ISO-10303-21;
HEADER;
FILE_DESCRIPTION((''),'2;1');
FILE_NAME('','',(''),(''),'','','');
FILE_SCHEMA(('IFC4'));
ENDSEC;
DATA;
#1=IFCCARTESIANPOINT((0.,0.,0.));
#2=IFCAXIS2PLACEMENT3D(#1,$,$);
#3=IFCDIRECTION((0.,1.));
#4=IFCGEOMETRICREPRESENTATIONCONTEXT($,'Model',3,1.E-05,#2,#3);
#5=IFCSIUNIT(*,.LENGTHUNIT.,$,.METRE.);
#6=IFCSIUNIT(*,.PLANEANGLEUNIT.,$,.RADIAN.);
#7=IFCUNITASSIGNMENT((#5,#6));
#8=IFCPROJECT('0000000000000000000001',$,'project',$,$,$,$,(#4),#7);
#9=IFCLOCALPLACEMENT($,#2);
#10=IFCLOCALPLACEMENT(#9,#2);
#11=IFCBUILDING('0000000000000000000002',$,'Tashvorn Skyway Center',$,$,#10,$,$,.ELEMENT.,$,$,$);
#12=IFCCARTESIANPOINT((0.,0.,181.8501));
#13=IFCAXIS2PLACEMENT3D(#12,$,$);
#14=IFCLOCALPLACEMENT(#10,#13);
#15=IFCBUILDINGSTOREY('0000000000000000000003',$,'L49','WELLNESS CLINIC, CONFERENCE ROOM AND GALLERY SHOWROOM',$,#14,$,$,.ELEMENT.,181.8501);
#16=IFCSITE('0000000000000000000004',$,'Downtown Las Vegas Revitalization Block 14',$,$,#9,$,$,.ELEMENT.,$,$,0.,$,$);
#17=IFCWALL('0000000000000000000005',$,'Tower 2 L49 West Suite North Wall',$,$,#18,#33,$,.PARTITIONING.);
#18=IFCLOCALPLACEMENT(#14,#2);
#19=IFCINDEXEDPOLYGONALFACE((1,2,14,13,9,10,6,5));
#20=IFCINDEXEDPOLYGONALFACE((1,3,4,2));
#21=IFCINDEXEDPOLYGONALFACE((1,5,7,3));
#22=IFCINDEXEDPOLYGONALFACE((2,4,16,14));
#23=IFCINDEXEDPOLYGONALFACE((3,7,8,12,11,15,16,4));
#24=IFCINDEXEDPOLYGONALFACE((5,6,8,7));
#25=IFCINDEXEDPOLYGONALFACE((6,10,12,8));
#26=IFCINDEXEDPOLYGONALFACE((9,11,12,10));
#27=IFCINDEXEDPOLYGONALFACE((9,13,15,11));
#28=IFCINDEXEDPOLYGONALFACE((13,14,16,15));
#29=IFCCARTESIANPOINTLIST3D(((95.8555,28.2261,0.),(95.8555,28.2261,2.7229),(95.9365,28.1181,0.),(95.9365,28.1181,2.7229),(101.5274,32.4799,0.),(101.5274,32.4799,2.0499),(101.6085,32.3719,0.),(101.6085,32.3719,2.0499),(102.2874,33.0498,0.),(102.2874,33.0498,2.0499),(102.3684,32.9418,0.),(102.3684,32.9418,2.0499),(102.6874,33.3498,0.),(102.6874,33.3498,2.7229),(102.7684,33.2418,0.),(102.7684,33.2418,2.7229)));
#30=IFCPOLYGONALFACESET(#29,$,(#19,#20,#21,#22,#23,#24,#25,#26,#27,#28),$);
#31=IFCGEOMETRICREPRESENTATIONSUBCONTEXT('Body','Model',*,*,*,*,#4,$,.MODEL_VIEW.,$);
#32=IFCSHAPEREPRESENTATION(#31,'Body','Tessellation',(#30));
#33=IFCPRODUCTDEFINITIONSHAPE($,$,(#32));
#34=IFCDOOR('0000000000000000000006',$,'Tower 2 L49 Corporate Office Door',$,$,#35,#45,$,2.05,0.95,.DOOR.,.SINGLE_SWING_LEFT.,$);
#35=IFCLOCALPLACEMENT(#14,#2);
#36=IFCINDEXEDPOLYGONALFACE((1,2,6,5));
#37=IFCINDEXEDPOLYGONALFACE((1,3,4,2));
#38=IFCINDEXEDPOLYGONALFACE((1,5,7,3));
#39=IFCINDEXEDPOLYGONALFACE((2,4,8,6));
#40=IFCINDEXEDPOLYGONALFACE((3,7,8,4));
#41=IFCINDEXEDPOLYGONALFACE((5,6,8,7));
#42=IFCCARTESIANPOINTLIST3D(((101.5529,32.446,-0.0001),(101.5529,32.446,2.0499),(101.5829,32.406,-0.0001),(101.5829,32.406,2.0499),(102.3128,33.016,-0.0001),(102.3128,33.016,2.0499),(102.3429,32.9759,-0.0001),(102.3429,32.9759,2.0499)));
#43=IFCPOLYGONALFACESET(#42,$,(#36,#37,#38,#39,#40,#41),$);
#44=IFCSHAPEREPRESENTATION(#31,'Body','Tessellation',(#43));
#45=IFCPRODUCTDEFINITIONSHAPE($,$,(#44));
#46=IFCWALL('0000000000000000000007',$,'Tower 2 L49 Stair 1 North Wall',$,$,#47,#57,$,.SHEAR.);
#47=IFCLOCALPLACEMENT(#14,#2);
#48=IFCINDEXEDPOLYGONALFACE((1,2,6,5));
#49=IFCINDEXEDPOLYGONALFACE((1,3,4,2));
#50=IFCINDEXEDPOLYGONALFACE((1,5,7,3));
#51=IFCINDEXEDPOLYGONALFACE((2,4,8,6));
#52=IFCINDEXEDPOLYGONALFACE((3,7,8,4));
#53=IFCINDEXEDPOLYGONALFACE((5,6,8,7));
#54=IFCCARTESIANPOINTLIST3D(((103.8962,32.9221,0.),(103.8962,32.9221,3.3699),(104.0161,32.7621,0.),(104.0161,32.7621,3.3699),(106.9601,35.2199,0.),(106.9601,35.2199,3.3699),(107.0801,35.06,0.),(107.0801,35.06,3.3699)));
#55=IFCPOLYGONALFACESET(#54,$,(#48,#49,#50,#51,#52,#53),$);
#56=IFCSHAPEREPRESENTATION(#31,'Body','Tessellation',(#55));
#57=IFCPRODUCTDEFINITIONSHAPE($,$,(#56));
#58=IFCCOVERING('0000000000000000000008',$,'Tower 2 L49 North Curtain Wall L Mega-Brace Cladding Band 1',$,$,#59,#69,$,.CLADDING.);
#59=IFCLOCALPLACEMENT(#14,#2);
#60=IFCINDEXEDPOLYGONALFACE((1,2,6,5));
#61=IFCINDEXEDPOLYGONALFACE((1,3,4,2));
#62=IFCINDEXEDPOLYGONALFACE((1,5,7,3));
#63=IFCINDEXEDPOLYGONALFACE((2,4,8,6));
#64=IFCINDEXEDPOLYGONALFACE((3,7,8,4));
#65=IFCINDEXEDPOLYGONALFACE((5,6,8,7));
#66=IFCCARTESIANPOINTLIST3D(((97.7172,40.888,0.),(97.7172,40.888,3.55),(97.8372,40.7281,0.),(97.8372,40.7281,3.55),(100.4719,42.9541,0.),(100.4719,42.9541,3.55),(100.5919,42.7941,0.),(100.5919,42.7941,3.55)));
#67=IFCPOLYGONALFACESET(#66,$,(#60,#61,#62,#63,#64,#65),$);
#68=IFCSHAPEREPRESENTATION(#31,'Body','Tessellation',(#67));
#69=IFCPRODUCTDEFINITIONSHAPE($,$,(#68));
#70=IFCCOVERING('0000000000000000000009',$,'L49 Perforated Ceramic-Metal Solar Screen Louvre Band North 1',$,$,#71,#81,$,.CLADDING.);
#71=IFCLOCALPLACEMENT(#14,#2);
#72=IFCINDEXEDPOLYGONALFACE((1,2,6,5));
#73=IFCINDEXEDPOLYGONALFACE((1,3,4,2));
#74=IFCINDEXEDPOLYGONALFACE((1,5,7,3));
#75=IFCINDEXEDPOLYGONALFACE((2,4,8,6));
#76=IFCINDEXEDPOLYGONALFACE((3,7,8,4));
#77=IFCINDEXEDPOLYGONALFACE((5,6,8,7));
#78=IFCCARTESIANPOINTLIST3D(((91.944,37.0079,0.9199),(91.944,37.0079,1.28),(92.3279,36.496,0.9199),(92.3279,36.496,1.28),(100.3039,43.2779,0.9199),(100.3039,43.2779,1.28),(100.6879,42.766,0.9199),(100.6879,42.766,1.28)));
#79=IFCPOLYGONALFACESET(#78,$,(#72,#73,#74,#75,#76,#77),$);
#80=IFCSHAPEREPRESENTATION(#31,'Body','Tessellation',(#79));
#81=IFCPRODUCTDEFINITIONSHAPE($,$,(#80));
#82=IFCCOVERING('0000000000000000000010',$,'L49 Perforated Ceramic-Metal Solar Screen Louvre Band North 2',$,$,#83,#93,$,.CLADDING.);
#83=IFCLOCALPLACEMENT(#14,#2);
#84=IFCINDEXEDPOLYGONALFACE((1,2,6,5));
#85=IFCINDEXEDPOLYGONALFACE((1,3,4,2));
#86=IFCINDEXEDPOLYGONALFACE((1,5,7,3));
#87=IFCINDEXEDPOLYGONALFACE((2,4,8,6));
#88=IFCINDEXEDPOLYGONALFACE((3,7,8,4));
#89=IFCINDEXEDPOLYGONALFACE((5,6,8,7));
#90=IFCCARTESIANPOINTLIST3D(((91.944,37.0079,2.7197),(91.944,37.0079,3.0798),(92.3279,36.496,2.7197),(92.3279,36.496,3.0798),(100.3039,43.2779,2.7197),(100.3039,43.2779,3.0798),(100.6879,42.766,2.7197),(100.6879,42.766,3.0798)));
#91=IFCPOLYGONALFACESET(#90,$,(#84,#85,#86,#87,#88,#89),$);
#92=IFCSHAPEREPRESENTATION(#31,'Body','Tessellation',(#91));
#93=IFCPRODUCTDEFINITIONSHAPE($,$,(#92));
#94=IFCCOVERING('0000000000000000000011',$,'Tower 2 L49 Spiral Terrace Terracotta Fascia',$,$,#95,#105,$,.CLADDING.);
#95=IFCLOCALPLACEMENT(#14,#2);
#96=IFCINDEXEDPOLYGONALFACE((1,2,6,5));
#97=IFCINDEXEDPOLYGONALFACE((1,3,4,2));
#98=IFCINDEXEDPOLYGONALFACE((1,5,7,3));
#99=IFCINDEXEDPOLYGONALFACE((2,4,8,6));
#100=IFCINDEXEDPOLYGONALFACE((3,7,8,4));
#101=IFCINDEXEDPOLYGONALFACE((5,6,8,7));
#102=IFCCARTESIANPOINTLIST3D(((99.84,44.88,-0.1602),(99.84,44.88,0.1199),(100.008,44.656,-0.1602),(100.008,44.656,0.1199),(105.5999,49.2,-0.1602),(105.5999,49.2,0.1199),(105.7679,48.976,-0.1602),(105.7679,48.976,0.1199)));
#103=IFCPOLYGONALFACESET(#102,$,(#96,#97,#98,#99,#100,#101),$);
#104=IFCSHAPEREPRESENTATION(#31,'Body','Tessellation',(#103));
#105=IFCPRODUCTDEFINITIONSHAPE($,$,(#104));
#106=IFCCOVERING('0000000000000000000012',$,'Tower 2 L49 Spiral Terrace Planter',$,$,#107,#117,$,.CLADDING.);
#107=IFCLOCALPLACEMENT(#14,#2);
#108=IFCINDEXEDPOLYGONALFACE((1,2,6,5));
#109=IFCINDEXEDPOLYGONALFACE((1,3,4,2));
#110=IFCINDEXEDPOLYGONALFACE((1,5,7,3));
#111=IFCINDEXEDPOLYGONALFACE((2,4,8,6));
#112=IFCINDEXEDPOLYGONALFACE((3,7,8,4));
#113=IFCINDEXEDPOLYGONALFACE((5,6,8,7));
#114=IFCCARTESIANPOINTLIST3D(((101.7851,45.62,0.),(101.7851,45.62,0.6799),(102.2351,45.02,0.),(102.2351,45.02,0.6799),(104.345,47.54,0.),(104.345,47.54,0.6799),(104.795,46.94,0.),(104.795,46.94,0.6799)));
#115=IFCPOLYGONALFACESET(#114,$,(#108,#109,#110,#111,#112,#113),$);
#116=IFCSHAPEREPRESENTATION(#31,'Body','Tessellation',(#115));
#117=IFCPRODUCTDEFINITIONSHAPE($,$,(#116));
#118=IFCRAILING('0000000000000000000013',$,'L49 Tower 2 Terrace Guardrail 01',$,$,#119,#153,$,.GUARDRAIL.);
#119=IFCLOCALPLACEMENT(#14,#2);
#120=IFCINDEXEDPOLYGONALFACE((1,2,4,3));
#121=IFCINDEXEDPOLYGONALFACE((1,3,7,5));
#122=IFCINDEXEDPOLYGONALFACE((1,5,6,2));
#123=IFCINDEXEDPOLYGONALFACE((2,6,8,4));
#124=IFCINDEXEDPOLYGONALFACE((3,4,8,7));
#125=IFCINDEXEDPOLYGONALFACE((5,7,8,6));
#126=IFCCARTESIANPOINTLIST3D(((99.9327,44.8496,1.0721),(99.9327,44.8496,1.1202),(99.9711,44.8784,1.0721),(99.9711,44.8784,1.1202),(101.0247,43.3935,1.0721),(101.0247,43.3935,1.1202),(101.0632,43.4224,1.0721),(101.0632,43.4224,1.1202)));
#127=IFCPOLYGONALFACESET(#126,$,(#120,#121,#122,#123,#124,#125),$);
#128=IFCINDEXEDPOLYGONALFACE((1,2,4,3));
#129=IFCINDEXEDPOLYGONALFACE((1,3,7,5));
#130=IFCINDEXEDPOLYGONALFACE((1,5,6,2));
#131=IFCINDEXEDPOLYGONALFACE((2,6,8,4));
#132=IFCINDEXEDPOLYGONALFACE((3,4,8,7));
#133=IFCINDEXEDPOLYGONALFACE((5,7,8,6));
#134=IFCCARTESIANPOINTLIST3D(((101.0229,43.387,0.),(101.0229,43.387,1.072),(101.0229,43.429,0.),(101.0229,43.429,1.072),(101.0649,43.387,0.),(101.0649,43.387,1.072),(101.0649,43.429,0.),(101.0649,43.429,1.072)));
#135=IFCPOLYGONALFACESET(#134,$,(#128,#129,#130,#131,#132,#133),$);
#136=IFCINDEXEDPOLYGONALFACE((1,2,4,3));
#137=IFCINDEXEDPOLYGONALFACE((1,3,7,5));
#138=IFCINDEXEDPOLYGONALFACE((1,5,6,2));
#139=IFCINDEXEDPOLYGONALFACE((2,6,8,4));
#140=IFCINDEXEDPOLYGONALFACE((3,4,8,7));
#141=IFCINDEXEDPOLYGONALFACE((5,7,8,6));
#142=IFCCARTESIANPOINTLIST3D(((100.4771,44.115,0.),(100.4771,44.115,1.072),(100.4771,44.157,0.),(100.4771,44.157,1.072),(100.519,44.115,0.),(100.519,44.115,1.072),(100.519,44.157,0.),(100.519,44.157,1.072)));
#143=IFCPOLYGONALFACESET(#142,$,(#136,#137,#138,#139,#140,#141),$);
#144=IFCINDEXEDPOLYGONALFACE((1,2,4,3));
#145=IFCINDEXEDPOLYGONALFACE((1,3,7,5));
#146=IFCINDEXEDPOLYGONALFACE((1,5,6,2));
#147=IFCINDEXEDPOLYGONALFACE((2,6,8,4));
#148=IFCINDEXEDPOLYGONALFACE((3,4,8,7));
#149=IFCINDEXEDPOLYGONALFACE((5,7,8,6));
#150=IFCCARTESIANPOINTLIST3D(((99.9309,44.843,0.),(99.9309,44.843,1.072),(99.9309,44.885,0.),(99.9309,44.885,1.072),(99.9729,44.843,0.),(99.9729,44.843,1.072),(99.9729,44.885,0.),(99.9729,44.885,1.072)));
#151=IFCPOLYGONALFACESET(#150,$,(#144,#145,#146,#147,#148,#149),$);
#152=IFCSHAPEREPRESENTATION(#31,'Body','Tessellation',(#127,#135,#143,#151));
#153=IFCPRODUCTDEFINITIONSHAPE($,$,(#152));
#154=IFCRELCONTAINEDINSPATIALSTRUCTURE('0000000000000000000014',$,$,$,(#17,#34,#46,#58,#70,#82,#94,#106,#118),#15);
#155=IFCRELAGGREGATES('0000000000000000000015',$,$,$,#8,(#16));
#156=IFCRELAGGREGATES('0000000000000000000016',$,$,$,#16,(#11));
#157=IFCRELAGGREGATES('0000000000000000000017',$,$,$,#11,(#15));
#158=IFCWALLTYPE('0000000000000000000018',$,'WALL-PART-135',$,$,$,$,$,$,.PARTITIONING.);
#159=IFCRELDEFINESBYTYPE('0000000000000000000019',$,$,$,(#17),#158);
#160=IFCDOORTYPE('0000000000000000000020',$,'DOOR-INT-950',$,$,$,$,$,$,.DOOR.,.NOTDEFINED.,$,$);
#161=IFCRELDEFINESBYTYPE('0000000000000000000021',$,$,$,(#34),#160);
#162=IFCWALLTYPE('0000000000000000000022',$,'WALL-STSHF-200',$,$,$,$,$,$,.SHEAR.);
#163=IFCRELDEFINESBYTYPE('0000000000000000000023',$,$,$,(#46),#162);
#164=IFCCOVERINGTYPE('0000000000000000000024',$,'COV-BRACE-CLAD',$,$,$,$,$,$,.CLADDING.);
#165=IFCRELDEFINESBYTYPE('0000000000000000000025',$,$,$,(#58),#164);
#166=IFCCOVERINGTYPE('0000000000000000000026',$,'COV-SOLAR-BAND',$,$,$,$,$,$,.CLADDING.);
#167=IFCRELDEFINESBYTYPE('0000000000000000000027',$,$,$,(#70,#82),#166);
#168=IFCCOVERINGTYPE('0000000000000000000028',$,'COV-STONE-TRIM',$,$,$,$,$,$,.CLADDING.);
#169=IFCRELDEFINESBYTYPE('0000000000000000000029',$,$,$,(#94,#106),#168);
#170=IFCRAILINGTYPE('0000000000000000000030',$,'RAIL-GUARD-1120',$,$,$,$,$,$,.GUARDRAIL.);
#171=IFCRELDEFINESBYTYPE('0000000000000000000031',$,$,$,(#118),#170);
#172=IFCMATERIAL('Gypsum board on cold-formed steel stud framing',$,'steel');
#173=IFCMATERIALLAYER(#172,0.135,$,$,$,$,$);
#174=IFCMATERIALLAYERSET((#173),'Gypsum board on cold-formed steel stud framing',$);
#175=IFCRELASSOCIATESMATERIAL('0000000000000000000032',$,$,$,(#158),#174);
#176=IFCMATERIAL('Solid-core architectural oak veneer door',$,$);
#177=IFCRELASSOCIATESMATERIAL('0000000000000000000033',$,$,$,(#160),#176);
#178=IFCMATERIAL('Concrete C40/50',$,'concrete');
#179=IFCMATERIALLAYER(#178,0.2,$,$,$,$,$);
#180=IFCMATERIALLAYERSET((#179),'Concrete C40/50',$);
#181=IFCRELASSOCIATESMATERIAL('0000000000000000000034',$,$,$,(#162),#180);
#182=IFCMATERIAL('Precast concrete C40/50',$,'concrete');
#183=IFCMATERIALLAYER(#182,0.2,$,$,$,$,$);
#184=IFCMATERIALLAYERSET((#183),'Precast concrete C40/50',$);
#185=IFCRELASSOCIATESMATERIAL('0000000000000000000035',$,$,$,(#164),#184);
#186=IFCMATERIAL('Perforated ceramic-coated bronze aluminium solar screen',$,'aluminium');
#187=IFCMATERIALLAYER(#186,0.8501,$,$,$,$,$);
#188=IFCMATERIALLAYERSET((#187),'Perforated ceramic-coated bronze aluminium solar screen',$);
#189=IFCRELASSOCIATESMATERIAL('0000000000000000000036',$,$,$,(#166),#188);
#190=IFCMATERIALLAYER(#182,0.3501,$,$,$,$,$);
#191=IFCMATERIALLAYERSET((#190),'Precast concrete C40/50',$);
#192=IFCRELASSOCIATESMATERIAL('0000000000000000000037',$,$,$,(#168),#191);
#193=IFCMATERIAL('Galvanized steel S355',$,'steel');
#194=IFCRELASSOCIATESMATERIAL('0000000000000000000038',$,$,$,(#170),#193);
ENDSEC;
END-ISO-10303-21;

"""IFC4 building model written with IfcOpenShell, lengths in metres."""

from ifc_helpers import new_model, si_unit, direction, frame, frame_2d, origin, origin_2d, place, context, subcontext, project, spatial, rectangle, extrude, material, layer, layer_set, type_object, element, fill, save


model = new_model("IFC4")

# Units and contexts
model_context = context("Model", 3, precision=1e-05, world=origin(), true_north=direction((0.0, 1.0)))
body_context = subcontext(model_context, "Body", "Model", "MODEL_VIEW")
ifc_project = project(units=[si_unit("LENGTHUNIT", "METRE"), si_unit("PLANEANGLEUNIT", "RADIAN")], contexts=[model_context])

# Site, building, storey
site_placement = place(None, origin())
site = spatial("IfcSite", under=ifc_project, at=site_placement, Name="Downtown Las Vegas Revitalization Block 14", CompositionType="ELEMENT", RefElevation=0.0)
building_placement = place(site_placement, origin())
building = spatial("IfcBuilding", under=site, at=building_placement, Name="Tashvorn Skyway Center", CompositionType="ELEMENT")
storey_placement = place(building_placement, frame((0.0, 0.0, 181.8501)))
storey = spatial("IfcBuildingStorey", under=building, at=storey_placement, Name="L49", Description="WELLNESS CLINIC, CONFERENCE ROOM AND GALLERY SHOWROOM", CompositionType="ELEMENT", Elevation=181.8501)

# Shared definitions
ifc_material_1 = material(Name="Precast concrete C40/50", Category="concrete")

# Wall, opening, door
ifc_material_2 = material(Name="Gypsum board on cold-formed steel stud framing", Category="steel")
ifc_layer_1 = layer(ifc_material_2, 0.135)
ifc_layer_set_1 = layer_set([ifc_layer_1], Name="Gypsum board on cold-formed steel stud framing")
wall_type_1 = type_object("IfcWallType", Name="WALL-PART-135", PredefinedType="PARTITIONING", material=ifc_layer_set_1)
wall_1_placement = place(storey_placement, frame((102.728, 33.2959, 0.0), z_axis=(0.0, 0.0, 1.0), x_axis=(-0.800014, -0.599982, 0.0)))
wall_1 = element("IfcWall", 1, at=wall_1_placement, inside=storey, type_object=wall_type_1, Name="Tower 2 L49 West Suite North Wall", PredefinedType="PARTITIONING", context=body_context, shape_type="SweptSolid", body=[
    extrude(rectangle(XDim=8.5398, YDim=0.135, at=frame_2d((4.27, 0.0))), origin(), (0.0, 0.0, 1.0), 2.7229),
])
opening_1_placement = place(wall_1_placement, frame((0.5, 0.0, 0.0)))
opening_1 = element("IfcOpeningElement", 2, at=opening_1_placement, cuts=wall_1, PredefinedType="OPENING", context=body_context, shape_type="SweptSolid", body=[
    extrude(rectangle(XDim=0.95, YDim=2.05, at=frame_2d((0.4751, 1.0249))), frame((0.0, 0.0774, 0.0), z_axis=(0.0, -1.0, 0.0), x_axis=(1.0, 0.0, 0.0)), (0.0, 0.0, 1.0), 0.155),
])
ifc_material_3 = material(Name="Solid-core architectural oak veneer door")
door_type_1 = type_object("IfcDoorType", Name="DOOR-INT-950", OperationType="NOTDEFINED", PredefinedType="DOOR", material=ifc_material_3)
door_1_placement = place(opening_1_placement, origin())
door_1 = element("IfcDoor", 3, at=door_1_placement, inside=storey, type_object=door_type_1, Name="Tower 2 L49 Corporate Office Door", OperationType="SINGLE_SWING_LEFT", OverallHeight=2.05, OverallWidth=0.95, PredefinedType="DOOR", context=body_context, shape_type="SweptSolid", body=[
    extrude(rectangle(XDim=0.95, YDim=2.05, at=frame_2d((0.4751, 1.0249))), frame((0.0, 0.0249, 0.0), z_axis=(0.0, -1.0, 0.0), x_axis=(1.0, 0.0, 0.0)), (0.0, 0.0, 1.0), 0.05),
])
fill(opening_1, door_1)

# Wall
ifc_material_4 = material(Name="Concrete C40/50", Category="concrete")
ifc_layer_2 = layer(ifc_material_4, 0.2)
ifc_layer_set_2 = layer_set([ifc_layer_2], Name="Concrete C40/50")
wall_type_2 = type_object("IfcWallType", Name="WALL-STSHF-200", PredefinedType="SHEAR", material=ifc_layer_set_2)
wall_2_placement = place(storey_placement, frame((103.9561, 32.842, 0.0), z_axis=(0.0, 0.0, 1.0), x_axis=(0.800015, 0.59998, 0.0)))
element("IfcWall", 4, at=wall_2_placement, inside=storey, type_object=wall_type_2, Name="Tower 2 L49 Stair 1 North Wall", PredefinedType="SHEAR", context=body_context, shape_type="SweptSolid", body=[
    extrude(rectangle(XDim=3.8298, YDim=0.2, at=frame_2d((1.915, 0.0))), origin(), (0.0, 0.0, 1.0), 3.3699),
])

# Coverings
ifc_layer_3 = layer(ifc_material_1, 0.2)
ifc_layer_set_3 = layer_set([ifc_layer_3], Name="Precast concrete C40/50")
covering_type_1 = type_object("IfcCoveringType", Name="COV-BRACE-CLAD", PredefinedType="CLADDING", material=ifc_layer_set_3)
covering_1_placement = place(storey_placement, frame((99.1545, 41.8411, 0.0), z_axis=(0.0, 0.0, 1.0), x_axis=(0.8, 0.6, 0.0)))
element("IfcCovering", 5, at=covering_1_placement, inside=storey, type_object=covering_type_1, Name="Tower 2 L49 North Curtain Wall L Mega-Brace Cladding Band 1", PredefinedType="CLADDING", context=body_context, shape_type="SweptSolid", body=[
    extrude(rectangle(XDim=3.4434, YDim=0.2, at=origin_2d()), origin(), (0.0, 0.0, 1.0), 3.55),
])
ifc_material_5 = material(Name="Perforated ceramic-coated bronze aluminium solar screen", Category="aluminium")
ifc_layer_4 = layer(ifc_material_5, 0.8501)
ifc_layer_set_4 = layer_set([ifc_layer_4], Name="Perforated ceramic-coated bronze aluminium solar screen")
covering_type_2 = type_object("IfcCoveringType", Name="COV-SOLAR-BAND", PredefinedType="CLADDING", material=ifc_layer_set_4)
for number, where, z_axis, x_axis, name in (
    (6, (96.3159, 39.887, 0.9199), (0.0, 0.0, 1.0), (0.8, 0.6, 0.0), "L49 Perforated Ceramic-Metal Solar Screen Louvre Band North 1"),
    (7, (96.3159, 39.887, 2.7197), (0.0, 0.0, 1.0), (0.8, 0.6, 0.0), "L49 Perforated Ceramic-Metal Solar Screen Louvre Band North 2"),
):
    element("IfcCovering", number, at=place(storey_placement, frame(where, z_axis=z_axis, x_axis=x_axis)), inside=storey, type_object=covering_type_2, Name=name, PredefinedType="CLADDING", context=body_context, shape_type="SweptSolid", body=[
        extrude(rectangle(XDim=10.45, YDim=0.6399, at=origin_2d()), origin(), (0.0, 0.0, 1.0), 0.3601),
    ])
ifc_layer_5 = layer(ifc_material_1, 0.3501)
ifc_layer_set_5 = layer_set([ifc_layer_5], Name="Precast concrete C40/50")
covering_type_3 = type_object("IfcCoveringType", Name="COV-STONE-TRIM", PredefinedType="CLADDING", material=ifc_layer_set_5)
covering_2_placement = place(storey_placement, frame((102.804, 46.928, -0.1602), z_axis=(0.0, 0.0, 1.0), x_axis=(0.8, 0.6, 0.0)))
element("IfcCovering", 8, at=covering_2_placement, inside=storey, type_object=covering_type_3, Name="Tower 2 L49 Spiral Terrace Terracotta Fascia", PredefinedType="CLADDING", context=body_context, shape_type="SweptSolid", body=[
    extrude(rectangle(XDim=7.2, YDim=0.28, at=origin_2d()), origin(), (0.0, 0.0, 1.0), 0.28),
])
covering_3_placement = place(storey_placement, frame((103.29, 46.28, 0.0), z_axis=(0.0, 0.0, 1.0), x_axis=(0.8, 0.6, 0.0)))
element("IfcCovering", 9, at=covering_3_placement, inside=storey, type_object=covering_type_3, Name="Tower 2 L49 Spiral Terrace Planter", PredefinedType="CLADDING", context=body_context, shape_type="SweptSolid", body=[
    extrude(rectangle(XDim=3.2, YDim=0.75, at=origin_2d()), origin(), (0.0, 0.0, 1.0), 0.6799),
])

# Railing
ifc_material_6 = material(Name="Galvanized steel S355", Category="steel")
railing_type = type_object("IfcRailingType", Name="RAIL-GUARD-1120", PredefinedType="GUARDRAIL", material=ifc_material_6)
railing_1_placement = place(storey_placement, frame((101.0439, 43.408, 0.0)))
element("IfcRailing", 10, at=railing_1_placement, inside=storey, type_object=railing_type, Name="L49 Tower 2 Terrace Guardrail 01", PredefinedType="GUARDRAIL", context=body_context, shape_type="SweptSolid", body=[
    extrude(rectangle(XDim=0.0481, YDim=0.0481, at=origin_2d()), frame((0.0, 0.0, 1.0962), z_axis=(-0.6, 0.8, 0.0), x_axis=(-0.8, -0.6, 0.0)), (0.0, 0.0, 1.0), 1.8201),
    extrude(rectangle(XDim=0.042, YDim=0.042, at=origin_2d()), origin(), (0.0, 0.0, 1.0), 1.072),
    extrude(rectangle(XDim=0.042, YDim=0.042, at=origin_2d()), frame((-0.5459, 0.728, 0.0)), (0.0, 0.0, 1.0), 1.072),
    extrude(rectangle(XDim=0.042, YDim=0.042, at=origin_2d()), frame((-1.092, 1.4561, 0.0)), (0.0, 0.0, 1.0), 1.072),
])

save(model, "model.ifc")
